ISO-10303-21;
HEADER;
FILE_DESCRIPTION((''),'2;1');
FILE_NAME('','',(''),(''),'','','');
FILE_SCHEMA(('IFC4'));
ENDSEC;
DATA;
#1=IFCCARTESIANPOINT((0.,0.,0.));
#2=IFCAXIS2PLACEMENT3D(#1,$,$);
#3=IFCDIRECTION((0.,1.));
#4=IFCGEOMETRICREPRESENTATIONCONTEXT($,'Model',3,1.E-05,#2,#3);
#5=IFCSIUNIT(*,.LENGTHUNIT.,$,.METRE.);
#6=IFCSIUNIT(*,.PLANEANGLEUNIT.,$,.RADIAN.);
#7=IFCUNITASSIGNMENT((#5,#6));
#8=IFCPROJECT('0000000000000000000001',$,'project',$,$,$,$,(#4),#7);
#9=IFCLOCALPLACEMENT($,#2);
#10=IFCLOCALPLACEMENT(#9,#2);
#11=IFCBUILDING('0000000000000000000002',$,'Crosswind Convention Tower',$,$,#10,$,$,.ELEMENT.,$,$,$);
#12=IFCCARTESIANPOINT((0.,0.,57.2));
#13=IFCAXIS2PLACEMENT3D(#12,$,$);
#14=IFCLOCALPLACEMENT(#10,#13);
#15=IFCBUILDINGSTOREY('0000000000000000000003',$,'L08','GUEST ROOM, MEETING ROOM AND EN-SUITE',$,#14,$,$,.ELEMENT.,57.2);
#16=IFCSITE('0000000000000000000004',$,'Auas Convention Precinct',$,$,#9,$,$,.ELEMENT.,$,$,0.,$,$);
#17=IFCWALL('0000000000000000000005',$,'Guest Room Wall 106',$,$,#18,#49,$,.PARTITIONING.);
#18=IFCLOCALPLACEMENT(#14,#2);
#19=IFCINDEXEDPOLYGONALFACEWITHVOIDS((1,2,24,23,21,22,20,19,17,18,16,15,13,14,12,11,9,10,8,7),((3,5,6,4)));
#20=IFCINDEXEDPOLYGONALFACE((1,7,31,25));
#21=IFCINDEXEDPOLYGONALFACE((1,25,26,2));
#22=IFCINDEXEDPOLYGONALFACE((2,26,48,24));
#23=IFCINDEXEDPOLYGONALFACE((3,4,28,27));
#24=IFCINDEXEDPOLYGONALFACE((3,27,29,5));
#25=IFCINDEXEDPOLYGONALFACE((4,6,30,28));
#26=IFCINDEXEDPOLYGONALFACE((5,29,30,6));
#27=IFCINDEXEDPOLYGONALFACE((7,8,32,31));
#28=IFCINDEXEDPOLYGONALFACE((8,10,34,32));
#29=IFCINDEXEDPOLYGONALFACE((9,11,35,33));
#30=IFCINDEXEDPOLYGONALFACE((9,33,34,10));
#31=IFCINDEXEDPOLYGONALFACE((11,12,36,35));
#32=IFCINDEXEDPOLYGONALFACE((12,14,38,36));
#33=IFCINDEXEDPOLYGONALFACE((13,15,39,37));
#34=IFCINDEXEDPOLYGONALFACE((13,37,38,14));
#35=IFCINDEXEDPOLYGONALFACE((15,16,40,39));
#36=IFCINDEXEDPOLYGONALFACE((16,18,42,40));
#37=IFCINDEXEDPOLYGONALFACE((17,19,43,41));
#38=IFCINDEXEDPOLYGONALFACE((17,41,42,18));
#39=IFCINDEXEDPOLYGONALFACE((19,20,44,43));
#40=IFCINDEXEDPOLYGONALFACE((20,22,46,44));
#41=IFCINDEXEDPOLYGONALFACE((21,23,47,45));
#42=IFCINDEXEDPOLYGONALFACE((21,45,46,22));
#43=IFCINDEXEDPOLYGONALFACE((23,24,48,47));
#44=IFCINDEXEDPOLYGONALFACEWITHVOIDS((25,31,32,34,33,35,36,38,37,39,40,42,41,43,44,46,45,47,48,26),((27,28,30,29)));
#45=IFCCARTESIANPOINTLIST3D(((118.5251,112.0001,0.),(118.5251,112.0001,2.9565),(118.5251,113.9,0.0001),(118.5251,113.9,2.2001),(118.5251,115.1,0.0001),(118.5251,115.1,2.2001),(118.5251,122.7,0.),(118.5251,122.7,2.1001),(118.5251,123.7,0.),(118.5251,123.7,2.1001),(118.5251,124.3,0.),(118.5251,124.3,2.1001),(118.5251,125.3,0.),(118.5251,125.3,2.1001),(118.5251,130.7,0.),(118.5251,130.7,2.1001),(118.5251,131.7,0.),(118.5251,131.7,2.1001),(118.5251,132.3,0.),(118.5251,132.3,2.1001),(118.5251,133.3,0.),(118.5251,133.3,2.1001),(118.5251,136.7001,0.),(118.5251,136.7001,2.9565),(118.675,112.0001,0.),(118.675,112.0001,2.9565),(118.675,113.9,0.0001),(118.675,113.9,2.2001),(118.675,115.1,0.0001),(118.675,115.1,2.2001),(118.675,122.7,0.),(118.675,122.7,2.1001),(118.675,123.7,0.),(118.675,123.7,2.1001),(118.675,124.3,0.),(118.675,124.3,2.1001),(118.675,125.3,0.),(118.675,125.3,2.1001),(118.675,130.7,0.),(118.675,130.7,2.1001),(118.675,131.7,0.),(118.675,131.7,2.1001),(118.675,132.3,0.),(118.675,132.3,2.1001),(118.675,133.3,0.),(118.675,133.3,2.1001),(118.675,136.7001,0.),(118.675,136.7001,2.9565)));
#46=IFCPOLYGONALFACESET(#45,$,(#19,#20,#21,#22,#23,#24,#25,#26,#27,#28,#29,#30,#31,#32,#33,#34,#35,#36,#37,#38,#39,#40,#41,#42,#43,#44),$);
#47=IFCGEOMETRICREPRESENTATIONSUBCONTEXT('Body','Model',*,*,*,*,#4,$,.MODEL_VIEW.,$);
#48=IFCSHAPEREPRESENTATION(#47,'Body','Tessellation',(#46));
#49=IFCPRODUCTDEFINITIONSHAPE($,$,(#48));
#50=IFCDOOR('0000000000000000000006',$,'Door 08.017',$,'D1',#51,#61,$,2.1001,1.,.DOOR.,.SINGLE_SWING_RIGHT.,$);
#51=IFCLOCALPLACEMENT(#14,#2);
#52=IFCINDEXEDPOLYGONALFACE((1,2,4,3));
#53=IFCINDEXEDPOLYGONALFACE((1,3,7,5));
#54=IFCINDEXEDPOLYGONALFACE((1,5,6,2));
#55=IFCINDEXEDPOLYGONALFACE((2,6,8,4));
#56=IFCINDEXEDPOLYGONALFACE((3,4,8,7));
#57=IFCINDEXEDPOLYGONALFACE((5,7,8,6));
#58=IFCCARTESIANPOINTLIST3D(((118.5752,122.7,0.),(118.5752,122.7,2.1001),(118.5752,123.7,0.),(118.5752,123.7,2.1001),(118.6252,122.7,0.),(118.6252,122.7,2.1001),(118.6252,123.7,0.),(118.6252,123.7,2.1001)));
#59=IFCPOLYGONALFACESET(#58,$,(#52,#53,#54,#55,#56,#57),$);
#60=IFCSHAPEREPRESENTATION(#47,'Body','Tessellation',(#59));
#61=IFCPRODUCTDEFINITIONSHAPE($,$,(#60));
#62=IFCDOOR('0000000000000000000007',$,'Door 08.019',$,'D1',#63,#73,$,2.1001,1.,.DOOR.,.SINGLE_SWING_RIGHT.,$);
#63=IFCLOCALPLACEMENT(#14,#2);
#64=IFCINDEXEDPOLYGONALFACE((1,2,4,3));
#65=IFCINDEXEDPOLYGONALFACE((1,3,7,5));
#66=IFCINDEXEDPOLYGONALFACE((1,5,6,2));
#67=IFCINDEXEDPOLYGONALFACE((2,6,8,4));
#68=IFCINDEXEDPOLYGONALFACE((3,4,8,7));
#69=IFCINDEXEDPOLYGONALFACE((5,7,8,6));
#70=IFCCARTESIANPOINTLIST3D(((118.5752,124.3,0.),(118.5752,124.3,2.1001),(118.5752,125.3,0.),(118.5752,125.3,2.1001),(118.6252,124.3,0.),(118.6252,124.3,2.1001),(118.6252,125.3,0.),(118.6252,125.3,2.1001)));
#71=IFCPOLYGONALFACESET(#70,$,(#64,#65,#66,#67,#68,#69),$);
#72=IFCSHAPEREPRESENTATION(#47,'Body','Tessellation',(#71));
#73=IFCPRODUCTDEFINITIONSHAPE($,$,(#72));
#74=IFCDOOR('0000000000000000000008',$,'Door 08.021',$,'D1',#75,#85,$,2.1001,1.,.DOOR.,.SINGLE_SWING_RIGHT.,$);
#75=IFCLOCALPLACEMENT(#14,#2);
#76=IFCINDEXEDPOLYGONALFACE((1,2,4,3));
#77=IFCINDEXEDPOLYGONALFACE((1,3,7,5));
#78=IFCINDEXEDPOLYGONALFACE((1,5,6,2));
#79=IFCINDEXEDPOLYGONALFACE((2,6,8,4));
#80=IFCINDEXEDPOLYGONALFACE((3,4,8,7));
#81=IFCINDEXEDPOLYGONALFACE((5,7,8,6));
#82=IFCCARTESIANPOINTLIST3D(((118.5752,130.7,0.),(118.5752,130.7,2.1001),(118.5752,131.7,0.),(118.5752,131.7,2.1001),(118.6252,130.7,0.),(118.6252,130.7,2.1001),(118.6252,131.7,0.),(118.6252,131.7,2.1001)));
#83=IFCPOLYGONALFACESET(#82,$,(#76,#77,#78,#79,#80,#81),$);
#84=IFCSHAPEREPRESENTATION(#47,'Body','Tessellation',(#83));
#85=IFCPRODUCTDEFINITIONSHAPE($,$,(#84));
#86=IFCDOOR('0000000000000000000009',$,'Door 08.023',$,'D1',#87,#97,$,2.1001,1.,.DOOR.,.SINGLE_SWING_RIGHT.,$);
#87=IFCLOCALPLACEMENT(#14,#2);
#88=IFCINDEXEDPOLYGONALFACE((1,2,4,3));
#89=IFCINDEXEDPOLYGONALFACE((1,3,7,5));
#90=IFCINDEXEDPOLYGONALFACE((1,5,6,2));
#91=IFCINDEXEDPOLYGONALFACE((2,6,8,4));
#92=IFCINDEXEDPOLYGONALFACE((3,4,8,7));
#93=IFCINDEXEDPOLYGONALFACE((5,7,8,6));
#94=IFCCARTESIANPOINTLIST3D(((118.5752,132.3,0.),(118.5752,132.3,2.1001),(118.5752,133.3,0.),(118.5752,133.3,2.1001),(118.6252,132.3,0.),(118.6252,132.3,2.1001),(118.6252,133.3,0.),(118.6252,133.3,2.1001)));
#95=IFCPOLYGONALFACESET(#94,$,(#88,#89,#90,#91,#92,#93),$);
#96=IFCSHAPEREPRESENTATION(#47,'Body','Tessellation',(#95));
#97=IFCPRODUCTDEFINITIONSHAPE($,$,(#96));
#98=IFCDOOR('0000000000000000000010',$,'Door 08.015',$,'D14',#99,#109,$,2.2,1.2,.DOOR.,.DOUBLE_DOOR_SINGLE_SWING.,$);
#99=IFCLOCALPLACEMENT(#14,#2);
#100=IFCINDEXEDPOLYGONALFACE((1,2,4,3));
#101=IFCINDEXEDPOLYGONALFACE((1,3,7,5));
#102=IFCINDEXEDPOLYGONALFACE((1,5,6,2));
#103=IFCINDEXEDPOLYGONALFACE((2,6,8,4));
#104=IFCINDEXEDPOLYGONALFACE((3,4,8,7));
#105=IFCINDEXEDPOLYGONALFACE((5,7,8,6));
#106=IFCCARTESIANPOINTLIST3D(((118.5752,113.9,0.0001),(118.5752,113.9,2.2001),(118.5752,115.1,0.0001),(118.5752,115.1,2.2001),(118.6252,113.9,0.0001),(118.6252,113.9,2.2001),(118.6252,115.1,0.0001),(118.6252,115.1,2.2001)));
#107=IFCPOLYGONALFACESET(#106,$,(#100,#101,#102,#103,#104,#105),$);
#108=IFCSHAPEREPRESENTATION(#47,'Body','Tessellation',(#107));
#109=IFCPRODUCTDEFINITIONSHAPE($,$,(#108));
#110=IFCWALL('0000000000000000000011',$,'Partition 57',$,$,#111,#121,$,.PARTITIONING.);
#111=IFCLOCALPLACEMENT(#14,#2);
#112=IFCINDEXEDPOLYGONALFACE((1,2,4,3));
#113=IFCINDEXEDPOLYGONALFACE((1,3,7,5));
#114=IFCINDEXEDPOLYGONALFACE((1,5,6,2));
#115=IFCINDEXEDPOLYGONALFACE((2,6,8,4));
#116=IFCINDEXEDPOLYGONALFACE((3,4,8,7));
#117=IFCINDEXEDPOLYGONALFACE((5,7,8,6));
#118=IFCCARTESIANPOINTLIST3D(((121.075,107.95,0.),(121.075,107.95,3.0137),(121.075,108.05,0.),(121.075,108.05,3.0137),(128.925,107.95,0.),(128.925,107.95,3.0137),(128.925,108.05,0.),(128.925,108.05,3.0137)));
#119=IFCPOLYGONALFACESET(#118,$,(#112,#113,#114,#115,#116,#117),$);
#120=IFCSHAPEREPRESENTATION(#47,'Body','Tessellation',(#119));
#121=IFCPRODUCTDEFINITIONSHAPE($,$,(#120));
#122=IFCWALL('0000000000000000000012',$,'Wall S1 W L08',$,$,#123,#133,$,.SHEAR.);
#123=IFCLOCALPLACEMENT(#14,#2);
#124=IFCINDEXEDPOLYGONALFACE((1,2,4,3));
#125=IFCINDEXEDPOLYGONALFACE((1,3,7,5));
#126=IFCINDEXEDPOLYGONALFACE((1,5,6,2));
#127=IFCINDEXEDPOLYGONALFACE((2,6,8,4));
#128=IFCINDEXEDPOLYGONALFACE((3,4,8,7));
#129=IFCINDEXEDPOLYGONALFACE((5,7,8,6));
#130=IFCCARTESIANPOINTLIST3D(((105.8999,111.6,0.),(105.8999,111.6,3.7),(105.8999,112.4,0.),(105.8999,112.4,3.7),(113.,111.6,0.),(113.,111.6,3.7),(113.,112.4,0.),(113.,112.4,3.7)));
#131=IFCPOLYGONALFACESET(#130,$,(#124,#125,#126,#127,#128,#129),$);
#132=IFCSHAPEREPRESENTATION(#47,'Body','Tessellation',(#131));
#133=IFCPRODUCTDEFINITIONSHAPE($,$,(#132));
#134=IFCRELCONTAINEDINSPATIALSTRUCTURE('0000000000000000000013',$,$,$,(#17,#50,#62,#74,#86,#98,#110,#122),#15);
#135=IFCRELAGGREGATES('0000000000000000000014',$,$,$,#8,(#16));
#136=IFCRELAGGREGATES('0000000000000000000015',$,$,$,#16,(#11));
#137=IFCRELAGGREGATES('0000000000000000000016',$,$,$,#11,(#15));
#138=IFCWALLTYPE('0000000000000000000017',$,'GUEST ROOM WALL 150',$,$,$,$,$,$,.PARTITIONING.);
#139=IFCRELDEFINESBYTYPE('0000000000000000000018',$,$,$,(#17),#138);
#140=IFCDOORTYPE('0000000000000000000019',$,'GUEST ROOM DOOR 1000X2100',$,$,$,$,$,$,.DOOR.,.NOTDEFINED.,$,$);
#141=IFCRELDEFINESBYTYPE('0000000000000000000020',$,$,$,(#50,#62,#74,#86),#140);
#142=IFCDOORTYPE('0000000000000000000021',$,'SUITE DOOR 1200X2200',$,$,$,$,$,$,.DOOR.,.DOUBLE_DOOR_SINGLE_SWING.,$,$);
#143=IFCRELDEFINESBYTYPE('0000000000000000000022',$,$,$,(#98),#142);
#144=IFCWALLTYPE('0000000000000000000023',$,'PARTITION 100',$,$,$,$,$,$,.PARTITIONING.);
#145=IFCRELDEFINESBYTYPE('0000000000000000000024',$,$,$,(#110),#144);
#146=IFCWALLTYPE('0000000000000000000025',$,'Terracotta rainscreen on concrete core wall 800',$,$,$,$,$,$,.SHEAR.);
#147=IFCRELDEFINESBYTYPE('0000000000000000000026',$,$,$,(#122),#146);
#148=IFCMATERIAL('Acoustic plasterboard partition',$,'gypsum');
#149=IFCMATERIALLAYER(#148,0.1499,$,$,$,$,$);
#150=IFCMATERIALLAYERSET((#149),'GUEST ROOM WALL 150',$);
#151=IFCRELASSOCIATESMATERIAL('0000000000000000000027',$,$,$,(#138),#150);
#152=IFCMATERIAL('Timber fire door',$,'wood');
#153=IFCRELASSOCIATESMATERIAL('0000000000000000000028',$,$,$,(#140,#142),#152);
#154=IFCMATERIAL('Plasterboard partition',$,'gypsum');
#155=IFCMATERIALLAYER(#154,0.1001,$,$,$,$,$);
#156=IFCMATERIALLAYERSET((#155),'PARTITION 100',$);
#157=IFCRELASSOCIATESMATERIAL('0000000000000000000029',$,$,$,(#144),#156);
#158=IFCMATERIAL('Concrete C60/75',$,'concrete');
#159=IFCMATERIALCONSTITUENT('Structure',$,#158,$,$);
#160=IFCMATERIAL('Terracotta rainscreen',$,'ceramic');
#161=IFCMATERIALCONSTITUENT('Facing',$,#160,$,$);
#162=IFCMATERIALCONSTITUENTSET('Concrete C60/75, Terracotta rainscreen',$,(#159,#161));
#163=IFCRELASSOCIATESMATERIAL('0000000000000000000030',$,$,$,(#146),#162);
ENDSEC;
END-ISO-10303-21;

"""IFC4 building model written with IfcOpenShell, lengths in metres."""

from ifc_helpers import new_model, si_unit, direction, frame, frame_2d, origin, place, context, subcontext, project, spatial, rectangle, extrude, material, layer, layer_set, constituent, constituent_set, type_object, element, fill, save


model = new_model("IFC4")

# Units and contexts
model_context = context("Model", 3, precision=1e-05, world=origin(), true_north=direction((0.0, 1.0)))
body_context = subcontext(model_context, "Body", "Model", "MODEL_VIEW")
ifc_project = project(units=[si_unit("LENGTHUNIT", "METRE"), si_unit("PLANEANGLEUNIT", "RADIAN")], contexts=[model_context])

# Site, building, storey
site_placement = place(None, origin())
site = spatial("IfcSite", under=ifc_project, at=site_placement, Name="Auas Convention Precinct", CompositionType="ELEMENT", RefElevation=0.0)
building_placement = place(site_placement, origin())
building = spatial("IfcBuilding", under=site, at=building_placement, Name="Crosswind Convention Tower", CompositionType="ELEMENT")
storey_placement = place(building_placement, frame((0.0, 0.0, 57.2)))
storey = spatial("IfcBuildingStorey", under=building, at=storey_placement, Name="L08", Description="GUEST ROOM, MEETING ROOM AND EN-SUITE", CompositionType="ELEMENT", Elevation=57.2)

# Shared definitions
ifc_material_1 = material(Name="Plasterboard partition", Category="gypsum")

# Shared definitions
ifc_material_2 = material(Name="Timber fire door", Category="wood")

# Shared definitions
ifc_material_3 = material(Name="Acoustic plasterboard partition", Category="gypsum")
ifc_layer_1 = layer(ifc_material_3, 0.1499)
ifc_layer_set_1 = layer_set([ifc_layer_1], Name="GUEST ROOM WALL 150")
wall_type_1 = type_object("IfcWallType", Name="GUEST ROOM WALL 150", PredefinedType="PARTITIONING", material=ifc_layer_set_1)

# Wall, openings, doors
wall_1_placement = place(storey_placement, frame((118.6001, 112.0, 0.0), z_axis=(0.0, 0.0, 1.0), x_axis=(0.0, 1.0, 0.0)))
wall_1 = element("IfcWall", 1, at=wall_1_placement, inside=storey, type_object=wall_type_1, Name="Guest Room Wall 106", PredefinedType="PARTITIONING", context=body_context, shape_type="SweptSolid", body=[
    extrude(rectangle(XDim=24.7, YDim=0.1499, at=frame_2d((12.3501, 0.0))), origin(), (0.0, 0.0, 1.0), 2.9565),
])
opening_1_placement = place(wall_1_placement, frame((1.8999, 0.0, 0.0)))
opening_1 = element("IfcOpeningElement", 2, at=opening_1_placement, cuts=wall_1, PredefinedType="OPENING", context=body_context, shape_type="SweptSolid", body=[
    extrude(rectangle(XDim=1.2, YDim=2.2, at=frame_2d((0.6001, 1.1001))), frame((0.0, 0.085, 0.0), z_axis=(0.0, -1.0, 0.0), x_axis=(1.0, 0.0, 0.0)), (0.0, 0.0, 1.0), 0.1699),
])
opening_2_placement = place(wall_1_placement, frame((10.7, 0.0, 0.0)))
opening_2 = element("IfcOpeningElement", 3, at=opening_2_placement, cuts=wall_1, PredefinedType="OPENING", context=body_context, shape_type="SweptSolid", body=[
    extrude(rectangle(XDim=1.0, YDim=2.1001, at=frame_2d((0.5, 1.05))), frame((0.0, 0.085, 0.0), z_axis=(0.0, -1.0, 0.0), x_axis=(1.0, 0.0, 0.0)), (0.0, 0.0, 1.0), 0.1699),
])
opening_3_placement = place(wall_1_placement, frame((12.3, 0.0, 0.0)))
opening_3 = element("IfcOpeningElement", 4, at=opening_3_placement, cuts=wall_1, PredefinedType="OPENING", context=body_context, shape_type="SweptSolid", body=[
    extrude(rectangle(XDim=1.0, YDim=2.1001, at=frame_2d((0.5, 1.05))), frame((0.0, 0.085, 0.0), z_axis=(0.0, -1.0, 0.0), x_axis=(1.0, 0.0, 0.0)), (0.0, 0.0, 1.0), 0.1699),
])
opening_4_placement = place(wall_1_placement, frame((18.7, 0.0, 0.0)))
opening_4 = element("IfcOpeningElement", 5, at=opening_4_placement, cuts=wall_1, PredefinedType="OPENING", context=body_context, shape_type="SweptSolid", body=[
    extrude(rectangle(XDim=1.0, YDim=2.1001, at=frame_2d((0.5, 1.05))), frame((0.0, 0.085, 0.0), z_axis=(0.0, -1.0, 0.0), x_axis=(1.0, 0.0, 0.0)), (0.0, 0.0, 1.0), 0.1699),
])
opening_5_placement = place(wall_1_placement, frame((20.3, 0.0, 0.0)))
opening_5 = element("IfcOpeningElement", 6, at=opening_5_placement, cuts=wall_1, PredefinedType="OPENING", context=body_context, shape_type="SweptSolid", body=[
    extrude(rectangle(XDim=1.0, YDim=2.1001, at=frame_2d((0.5, 1.05))), frame((0.0, 0.085, 0.0), z_axis=(0.0, -1.0, 0.0), x_axis=(1.0, 0.0, 0.0)), (0.0, 0.0, 1.0), 0.1699),
])
door_type_1 = type_object("IfcDoorType", Name="GUEST ROOM DOOR 1000X2100", OperationType="NOTDEFINED", PredefinedType="DOOR", material=ifc_material_2)
door_1_placement = place(opening_2_placement, origin())
door_1 = element("IfcDoor", 7, at=door_1_placement, inside=storey, type_object=door_type_1, Name="Door 08.017", ObjectType="D1", OperationType="SINGLE_SWING_RIGHT", OverallHeight=2.1001, OverallWidth=1.0, PredefinedType="DOOR", context=body_context, shape_type="SweptSolid", body=[
    extrude(rectangle(XDim=1.0, YDim=2.1001, at=frame_2d((0.5, 1.05))), frame((0.0, 0.0249, 0.0), z_axis=(0.0, -1.0, 0.0), x_axis=(1.0, 0.0, 0.0)), (0.0, 0.0, 1.0), 0.05),
])
fill(opening_2, door_1)
door_2_placement = place(opening_3_placement, origin())
door_2 = element("IfcDoor", 8, at=door_2_placement, inside=storey, type_object=door_type_1, Name="Door 08.019", ObjectType="D1", OperationType="SINGLE_SWING_RIGHT", OverallHeight=2.1001, OverallWidth=1.0, PredefinedType="DOOR", context=body_context, shape_type="SweptSolid", body=[
    extrude(rectangle(XDim=1.0, YDim=2.1001, at=frame_2d((0.5, 1.05))), frame((0.0, 0.0249, 0.0), z_axis=(0.0, -1.0, 0.0), x_axis=(1.0, 0.0, 0.0)), (0.0, 0.0, 1.0), 0.05),
])
fill(opening_3, door_2)
door_3_placement = place(opening_4_placement, origin())
door_3 = element("IfcDoor", 9, at=door_3_placement, inside=storey, type_object=door_type_1, Name="Door 08.021", ObjectType="D1", OperationType="SINGLE_SWING_RIGHT", OverallHeight=2.1001, OverallWidth=1.0, PredefinedType="DOOR", context=body_context, shape_type="SweptSolid", body=[
    extrude(rectangle(XDim=1.0, YDim=2.1001, at=frame_2d((0.5, 1.05))), frame((0.0, 0.0249, 0.0), z_axis=(0.0, -1.0, 0.0), x_axis=(1.0, 0.0, 0.0)), (0.0, 0.0, 1.0), 0.05),
])
fill(opening_4, door_3)
door_4_placement = place(opening_5_placement, origin())
door_4 = element("IfcDoor", 10, at=door_4_placement, inside=storey, type_object=door_type_1, Name="Door 08.023", ObjectType="D1", OperationType="SINGLE_SWING_RIGHT", OverallHeight=2.1001, OverallWidth=1.0, PredefinedType="DOOR", context=body_context, shape_type="SweptSolid", body=[
    extrude(rectangle(XDim=1.0, YDim=2.1001, at=frame_2d((0.5, 1.05))), frame((0.0, 0.0249, 0.0), z_axis=(0.0, -1.0, 0.0), x_axis=(1.0, 0.0, 0.0)), (0.0, 0.0, 1.0), 0.05),
])
fill(opening_5, door_4)
door_type_2 = type_object("IfcDoorType", Name="SUITE DOOR 1200X2200", OperationType="DOUBLE_DOOR_SINGLE_SWING", PredefinedType="DOOR", material=ifc_material_2)
door_5_placement = place(opening_1_placement, origin())
door_5 = element("IfcDoor", 11, at=door_5_placement, inside=storey, type_object=door_type_2, Name="Door 08.015", ObjectType="D14", OperationType="DOUBLE_DOOR_SINGLE_SWING", OverallHeight=2.2, OverallWidth=1.2, PredefinedType="DOOR", context=body_context, shape_type="SweptSolid", body=[
    extrude(rectangle(XDim=1.2, YDim=2.2, at=frame_2d((0.6001, 1.1001))), frame((0.0, 0.0249, 0.0), z_axis=(0.0, -1.0, 0.0), x_axis=(1.0, 0.0, 0.0)), (0.0, 0.0, 1.0), 0.05),
])
fill(opening_1, door_5)

# Walls
ifc_layer_2 = layer(ifc_material_1, 0.1001)
ifc_layer_set_2 = layer_set([ifc_layer_2], Name="PARTITION 100")
wall_type_2 = type_object("IfcWallType", Name="PARTITION 100", PredefinedType="PARTITIONING", material=ifc_layer_set_2)
wall_2_placement = place(storey_placement, frame((121.075, 108.0, 0.0), z_axis=(0.0, 0.0, 1.0), x_axis=(1.0, 0.0, 0.0)))
element("IfcWall", 12, at=wall_2_placement, inside=storey, type_object=wall_type_2, Name="Partition 57", PredefinedType="PARTITIONING", context=body_context, shape_type="SweptSolid", body=[
    extrude(rectangle(XDim=7.8501, YDim=0.1001, at=frame_2d((3.925, 0.0))), origin(), (0.0, 0.0, 1.0), 3.0137),
])
ifc_material_4 = material(Name="Concrete C60/75", Category="concrete")
ifc_constituent_1 = constituent(ifc_material_4, Name="Structure")
ifc_material_5 = material(Name="Terracotta rainscreen", Category="ceramic")
ifc_constituent_2 = constituent(ifc_material_5, Name="Facing")
ifc_constituent_set = constituent_set(constituents=[ifc_constituent_1, ifc_constituent_2], Name="Concrete C60/75, Terracotta rainscreen")
wall_type_3 = type_object("IfcWallType", Name="Terracotta rainscreen on concrete core wall 800", PredefinedType="SHEAR", material=ifc_constituent_set)
wall_3_placement = place(storey_placement, frame((113.0, 112.0, 0.0), z_axis=(0.0, 0.0, 1.0), x_axis=(-1.0, 0.0, 0.0)))
element("IfcWall", 13, at=wall_3_placement, inside=storey, type_object=wall_type_3, Name="Wall S1 W L08", PredefinedType="SHEAR", context=body_context, shape_type="SweptSolid", body=[
    extrude(rectangle(XDim=7.1001, YDim=0.8, at=frame_2d((3.55, 0.0))), origin(), (0.0, 0.0, 1.0), 3.7),
])

save(model, "model.ifc")
